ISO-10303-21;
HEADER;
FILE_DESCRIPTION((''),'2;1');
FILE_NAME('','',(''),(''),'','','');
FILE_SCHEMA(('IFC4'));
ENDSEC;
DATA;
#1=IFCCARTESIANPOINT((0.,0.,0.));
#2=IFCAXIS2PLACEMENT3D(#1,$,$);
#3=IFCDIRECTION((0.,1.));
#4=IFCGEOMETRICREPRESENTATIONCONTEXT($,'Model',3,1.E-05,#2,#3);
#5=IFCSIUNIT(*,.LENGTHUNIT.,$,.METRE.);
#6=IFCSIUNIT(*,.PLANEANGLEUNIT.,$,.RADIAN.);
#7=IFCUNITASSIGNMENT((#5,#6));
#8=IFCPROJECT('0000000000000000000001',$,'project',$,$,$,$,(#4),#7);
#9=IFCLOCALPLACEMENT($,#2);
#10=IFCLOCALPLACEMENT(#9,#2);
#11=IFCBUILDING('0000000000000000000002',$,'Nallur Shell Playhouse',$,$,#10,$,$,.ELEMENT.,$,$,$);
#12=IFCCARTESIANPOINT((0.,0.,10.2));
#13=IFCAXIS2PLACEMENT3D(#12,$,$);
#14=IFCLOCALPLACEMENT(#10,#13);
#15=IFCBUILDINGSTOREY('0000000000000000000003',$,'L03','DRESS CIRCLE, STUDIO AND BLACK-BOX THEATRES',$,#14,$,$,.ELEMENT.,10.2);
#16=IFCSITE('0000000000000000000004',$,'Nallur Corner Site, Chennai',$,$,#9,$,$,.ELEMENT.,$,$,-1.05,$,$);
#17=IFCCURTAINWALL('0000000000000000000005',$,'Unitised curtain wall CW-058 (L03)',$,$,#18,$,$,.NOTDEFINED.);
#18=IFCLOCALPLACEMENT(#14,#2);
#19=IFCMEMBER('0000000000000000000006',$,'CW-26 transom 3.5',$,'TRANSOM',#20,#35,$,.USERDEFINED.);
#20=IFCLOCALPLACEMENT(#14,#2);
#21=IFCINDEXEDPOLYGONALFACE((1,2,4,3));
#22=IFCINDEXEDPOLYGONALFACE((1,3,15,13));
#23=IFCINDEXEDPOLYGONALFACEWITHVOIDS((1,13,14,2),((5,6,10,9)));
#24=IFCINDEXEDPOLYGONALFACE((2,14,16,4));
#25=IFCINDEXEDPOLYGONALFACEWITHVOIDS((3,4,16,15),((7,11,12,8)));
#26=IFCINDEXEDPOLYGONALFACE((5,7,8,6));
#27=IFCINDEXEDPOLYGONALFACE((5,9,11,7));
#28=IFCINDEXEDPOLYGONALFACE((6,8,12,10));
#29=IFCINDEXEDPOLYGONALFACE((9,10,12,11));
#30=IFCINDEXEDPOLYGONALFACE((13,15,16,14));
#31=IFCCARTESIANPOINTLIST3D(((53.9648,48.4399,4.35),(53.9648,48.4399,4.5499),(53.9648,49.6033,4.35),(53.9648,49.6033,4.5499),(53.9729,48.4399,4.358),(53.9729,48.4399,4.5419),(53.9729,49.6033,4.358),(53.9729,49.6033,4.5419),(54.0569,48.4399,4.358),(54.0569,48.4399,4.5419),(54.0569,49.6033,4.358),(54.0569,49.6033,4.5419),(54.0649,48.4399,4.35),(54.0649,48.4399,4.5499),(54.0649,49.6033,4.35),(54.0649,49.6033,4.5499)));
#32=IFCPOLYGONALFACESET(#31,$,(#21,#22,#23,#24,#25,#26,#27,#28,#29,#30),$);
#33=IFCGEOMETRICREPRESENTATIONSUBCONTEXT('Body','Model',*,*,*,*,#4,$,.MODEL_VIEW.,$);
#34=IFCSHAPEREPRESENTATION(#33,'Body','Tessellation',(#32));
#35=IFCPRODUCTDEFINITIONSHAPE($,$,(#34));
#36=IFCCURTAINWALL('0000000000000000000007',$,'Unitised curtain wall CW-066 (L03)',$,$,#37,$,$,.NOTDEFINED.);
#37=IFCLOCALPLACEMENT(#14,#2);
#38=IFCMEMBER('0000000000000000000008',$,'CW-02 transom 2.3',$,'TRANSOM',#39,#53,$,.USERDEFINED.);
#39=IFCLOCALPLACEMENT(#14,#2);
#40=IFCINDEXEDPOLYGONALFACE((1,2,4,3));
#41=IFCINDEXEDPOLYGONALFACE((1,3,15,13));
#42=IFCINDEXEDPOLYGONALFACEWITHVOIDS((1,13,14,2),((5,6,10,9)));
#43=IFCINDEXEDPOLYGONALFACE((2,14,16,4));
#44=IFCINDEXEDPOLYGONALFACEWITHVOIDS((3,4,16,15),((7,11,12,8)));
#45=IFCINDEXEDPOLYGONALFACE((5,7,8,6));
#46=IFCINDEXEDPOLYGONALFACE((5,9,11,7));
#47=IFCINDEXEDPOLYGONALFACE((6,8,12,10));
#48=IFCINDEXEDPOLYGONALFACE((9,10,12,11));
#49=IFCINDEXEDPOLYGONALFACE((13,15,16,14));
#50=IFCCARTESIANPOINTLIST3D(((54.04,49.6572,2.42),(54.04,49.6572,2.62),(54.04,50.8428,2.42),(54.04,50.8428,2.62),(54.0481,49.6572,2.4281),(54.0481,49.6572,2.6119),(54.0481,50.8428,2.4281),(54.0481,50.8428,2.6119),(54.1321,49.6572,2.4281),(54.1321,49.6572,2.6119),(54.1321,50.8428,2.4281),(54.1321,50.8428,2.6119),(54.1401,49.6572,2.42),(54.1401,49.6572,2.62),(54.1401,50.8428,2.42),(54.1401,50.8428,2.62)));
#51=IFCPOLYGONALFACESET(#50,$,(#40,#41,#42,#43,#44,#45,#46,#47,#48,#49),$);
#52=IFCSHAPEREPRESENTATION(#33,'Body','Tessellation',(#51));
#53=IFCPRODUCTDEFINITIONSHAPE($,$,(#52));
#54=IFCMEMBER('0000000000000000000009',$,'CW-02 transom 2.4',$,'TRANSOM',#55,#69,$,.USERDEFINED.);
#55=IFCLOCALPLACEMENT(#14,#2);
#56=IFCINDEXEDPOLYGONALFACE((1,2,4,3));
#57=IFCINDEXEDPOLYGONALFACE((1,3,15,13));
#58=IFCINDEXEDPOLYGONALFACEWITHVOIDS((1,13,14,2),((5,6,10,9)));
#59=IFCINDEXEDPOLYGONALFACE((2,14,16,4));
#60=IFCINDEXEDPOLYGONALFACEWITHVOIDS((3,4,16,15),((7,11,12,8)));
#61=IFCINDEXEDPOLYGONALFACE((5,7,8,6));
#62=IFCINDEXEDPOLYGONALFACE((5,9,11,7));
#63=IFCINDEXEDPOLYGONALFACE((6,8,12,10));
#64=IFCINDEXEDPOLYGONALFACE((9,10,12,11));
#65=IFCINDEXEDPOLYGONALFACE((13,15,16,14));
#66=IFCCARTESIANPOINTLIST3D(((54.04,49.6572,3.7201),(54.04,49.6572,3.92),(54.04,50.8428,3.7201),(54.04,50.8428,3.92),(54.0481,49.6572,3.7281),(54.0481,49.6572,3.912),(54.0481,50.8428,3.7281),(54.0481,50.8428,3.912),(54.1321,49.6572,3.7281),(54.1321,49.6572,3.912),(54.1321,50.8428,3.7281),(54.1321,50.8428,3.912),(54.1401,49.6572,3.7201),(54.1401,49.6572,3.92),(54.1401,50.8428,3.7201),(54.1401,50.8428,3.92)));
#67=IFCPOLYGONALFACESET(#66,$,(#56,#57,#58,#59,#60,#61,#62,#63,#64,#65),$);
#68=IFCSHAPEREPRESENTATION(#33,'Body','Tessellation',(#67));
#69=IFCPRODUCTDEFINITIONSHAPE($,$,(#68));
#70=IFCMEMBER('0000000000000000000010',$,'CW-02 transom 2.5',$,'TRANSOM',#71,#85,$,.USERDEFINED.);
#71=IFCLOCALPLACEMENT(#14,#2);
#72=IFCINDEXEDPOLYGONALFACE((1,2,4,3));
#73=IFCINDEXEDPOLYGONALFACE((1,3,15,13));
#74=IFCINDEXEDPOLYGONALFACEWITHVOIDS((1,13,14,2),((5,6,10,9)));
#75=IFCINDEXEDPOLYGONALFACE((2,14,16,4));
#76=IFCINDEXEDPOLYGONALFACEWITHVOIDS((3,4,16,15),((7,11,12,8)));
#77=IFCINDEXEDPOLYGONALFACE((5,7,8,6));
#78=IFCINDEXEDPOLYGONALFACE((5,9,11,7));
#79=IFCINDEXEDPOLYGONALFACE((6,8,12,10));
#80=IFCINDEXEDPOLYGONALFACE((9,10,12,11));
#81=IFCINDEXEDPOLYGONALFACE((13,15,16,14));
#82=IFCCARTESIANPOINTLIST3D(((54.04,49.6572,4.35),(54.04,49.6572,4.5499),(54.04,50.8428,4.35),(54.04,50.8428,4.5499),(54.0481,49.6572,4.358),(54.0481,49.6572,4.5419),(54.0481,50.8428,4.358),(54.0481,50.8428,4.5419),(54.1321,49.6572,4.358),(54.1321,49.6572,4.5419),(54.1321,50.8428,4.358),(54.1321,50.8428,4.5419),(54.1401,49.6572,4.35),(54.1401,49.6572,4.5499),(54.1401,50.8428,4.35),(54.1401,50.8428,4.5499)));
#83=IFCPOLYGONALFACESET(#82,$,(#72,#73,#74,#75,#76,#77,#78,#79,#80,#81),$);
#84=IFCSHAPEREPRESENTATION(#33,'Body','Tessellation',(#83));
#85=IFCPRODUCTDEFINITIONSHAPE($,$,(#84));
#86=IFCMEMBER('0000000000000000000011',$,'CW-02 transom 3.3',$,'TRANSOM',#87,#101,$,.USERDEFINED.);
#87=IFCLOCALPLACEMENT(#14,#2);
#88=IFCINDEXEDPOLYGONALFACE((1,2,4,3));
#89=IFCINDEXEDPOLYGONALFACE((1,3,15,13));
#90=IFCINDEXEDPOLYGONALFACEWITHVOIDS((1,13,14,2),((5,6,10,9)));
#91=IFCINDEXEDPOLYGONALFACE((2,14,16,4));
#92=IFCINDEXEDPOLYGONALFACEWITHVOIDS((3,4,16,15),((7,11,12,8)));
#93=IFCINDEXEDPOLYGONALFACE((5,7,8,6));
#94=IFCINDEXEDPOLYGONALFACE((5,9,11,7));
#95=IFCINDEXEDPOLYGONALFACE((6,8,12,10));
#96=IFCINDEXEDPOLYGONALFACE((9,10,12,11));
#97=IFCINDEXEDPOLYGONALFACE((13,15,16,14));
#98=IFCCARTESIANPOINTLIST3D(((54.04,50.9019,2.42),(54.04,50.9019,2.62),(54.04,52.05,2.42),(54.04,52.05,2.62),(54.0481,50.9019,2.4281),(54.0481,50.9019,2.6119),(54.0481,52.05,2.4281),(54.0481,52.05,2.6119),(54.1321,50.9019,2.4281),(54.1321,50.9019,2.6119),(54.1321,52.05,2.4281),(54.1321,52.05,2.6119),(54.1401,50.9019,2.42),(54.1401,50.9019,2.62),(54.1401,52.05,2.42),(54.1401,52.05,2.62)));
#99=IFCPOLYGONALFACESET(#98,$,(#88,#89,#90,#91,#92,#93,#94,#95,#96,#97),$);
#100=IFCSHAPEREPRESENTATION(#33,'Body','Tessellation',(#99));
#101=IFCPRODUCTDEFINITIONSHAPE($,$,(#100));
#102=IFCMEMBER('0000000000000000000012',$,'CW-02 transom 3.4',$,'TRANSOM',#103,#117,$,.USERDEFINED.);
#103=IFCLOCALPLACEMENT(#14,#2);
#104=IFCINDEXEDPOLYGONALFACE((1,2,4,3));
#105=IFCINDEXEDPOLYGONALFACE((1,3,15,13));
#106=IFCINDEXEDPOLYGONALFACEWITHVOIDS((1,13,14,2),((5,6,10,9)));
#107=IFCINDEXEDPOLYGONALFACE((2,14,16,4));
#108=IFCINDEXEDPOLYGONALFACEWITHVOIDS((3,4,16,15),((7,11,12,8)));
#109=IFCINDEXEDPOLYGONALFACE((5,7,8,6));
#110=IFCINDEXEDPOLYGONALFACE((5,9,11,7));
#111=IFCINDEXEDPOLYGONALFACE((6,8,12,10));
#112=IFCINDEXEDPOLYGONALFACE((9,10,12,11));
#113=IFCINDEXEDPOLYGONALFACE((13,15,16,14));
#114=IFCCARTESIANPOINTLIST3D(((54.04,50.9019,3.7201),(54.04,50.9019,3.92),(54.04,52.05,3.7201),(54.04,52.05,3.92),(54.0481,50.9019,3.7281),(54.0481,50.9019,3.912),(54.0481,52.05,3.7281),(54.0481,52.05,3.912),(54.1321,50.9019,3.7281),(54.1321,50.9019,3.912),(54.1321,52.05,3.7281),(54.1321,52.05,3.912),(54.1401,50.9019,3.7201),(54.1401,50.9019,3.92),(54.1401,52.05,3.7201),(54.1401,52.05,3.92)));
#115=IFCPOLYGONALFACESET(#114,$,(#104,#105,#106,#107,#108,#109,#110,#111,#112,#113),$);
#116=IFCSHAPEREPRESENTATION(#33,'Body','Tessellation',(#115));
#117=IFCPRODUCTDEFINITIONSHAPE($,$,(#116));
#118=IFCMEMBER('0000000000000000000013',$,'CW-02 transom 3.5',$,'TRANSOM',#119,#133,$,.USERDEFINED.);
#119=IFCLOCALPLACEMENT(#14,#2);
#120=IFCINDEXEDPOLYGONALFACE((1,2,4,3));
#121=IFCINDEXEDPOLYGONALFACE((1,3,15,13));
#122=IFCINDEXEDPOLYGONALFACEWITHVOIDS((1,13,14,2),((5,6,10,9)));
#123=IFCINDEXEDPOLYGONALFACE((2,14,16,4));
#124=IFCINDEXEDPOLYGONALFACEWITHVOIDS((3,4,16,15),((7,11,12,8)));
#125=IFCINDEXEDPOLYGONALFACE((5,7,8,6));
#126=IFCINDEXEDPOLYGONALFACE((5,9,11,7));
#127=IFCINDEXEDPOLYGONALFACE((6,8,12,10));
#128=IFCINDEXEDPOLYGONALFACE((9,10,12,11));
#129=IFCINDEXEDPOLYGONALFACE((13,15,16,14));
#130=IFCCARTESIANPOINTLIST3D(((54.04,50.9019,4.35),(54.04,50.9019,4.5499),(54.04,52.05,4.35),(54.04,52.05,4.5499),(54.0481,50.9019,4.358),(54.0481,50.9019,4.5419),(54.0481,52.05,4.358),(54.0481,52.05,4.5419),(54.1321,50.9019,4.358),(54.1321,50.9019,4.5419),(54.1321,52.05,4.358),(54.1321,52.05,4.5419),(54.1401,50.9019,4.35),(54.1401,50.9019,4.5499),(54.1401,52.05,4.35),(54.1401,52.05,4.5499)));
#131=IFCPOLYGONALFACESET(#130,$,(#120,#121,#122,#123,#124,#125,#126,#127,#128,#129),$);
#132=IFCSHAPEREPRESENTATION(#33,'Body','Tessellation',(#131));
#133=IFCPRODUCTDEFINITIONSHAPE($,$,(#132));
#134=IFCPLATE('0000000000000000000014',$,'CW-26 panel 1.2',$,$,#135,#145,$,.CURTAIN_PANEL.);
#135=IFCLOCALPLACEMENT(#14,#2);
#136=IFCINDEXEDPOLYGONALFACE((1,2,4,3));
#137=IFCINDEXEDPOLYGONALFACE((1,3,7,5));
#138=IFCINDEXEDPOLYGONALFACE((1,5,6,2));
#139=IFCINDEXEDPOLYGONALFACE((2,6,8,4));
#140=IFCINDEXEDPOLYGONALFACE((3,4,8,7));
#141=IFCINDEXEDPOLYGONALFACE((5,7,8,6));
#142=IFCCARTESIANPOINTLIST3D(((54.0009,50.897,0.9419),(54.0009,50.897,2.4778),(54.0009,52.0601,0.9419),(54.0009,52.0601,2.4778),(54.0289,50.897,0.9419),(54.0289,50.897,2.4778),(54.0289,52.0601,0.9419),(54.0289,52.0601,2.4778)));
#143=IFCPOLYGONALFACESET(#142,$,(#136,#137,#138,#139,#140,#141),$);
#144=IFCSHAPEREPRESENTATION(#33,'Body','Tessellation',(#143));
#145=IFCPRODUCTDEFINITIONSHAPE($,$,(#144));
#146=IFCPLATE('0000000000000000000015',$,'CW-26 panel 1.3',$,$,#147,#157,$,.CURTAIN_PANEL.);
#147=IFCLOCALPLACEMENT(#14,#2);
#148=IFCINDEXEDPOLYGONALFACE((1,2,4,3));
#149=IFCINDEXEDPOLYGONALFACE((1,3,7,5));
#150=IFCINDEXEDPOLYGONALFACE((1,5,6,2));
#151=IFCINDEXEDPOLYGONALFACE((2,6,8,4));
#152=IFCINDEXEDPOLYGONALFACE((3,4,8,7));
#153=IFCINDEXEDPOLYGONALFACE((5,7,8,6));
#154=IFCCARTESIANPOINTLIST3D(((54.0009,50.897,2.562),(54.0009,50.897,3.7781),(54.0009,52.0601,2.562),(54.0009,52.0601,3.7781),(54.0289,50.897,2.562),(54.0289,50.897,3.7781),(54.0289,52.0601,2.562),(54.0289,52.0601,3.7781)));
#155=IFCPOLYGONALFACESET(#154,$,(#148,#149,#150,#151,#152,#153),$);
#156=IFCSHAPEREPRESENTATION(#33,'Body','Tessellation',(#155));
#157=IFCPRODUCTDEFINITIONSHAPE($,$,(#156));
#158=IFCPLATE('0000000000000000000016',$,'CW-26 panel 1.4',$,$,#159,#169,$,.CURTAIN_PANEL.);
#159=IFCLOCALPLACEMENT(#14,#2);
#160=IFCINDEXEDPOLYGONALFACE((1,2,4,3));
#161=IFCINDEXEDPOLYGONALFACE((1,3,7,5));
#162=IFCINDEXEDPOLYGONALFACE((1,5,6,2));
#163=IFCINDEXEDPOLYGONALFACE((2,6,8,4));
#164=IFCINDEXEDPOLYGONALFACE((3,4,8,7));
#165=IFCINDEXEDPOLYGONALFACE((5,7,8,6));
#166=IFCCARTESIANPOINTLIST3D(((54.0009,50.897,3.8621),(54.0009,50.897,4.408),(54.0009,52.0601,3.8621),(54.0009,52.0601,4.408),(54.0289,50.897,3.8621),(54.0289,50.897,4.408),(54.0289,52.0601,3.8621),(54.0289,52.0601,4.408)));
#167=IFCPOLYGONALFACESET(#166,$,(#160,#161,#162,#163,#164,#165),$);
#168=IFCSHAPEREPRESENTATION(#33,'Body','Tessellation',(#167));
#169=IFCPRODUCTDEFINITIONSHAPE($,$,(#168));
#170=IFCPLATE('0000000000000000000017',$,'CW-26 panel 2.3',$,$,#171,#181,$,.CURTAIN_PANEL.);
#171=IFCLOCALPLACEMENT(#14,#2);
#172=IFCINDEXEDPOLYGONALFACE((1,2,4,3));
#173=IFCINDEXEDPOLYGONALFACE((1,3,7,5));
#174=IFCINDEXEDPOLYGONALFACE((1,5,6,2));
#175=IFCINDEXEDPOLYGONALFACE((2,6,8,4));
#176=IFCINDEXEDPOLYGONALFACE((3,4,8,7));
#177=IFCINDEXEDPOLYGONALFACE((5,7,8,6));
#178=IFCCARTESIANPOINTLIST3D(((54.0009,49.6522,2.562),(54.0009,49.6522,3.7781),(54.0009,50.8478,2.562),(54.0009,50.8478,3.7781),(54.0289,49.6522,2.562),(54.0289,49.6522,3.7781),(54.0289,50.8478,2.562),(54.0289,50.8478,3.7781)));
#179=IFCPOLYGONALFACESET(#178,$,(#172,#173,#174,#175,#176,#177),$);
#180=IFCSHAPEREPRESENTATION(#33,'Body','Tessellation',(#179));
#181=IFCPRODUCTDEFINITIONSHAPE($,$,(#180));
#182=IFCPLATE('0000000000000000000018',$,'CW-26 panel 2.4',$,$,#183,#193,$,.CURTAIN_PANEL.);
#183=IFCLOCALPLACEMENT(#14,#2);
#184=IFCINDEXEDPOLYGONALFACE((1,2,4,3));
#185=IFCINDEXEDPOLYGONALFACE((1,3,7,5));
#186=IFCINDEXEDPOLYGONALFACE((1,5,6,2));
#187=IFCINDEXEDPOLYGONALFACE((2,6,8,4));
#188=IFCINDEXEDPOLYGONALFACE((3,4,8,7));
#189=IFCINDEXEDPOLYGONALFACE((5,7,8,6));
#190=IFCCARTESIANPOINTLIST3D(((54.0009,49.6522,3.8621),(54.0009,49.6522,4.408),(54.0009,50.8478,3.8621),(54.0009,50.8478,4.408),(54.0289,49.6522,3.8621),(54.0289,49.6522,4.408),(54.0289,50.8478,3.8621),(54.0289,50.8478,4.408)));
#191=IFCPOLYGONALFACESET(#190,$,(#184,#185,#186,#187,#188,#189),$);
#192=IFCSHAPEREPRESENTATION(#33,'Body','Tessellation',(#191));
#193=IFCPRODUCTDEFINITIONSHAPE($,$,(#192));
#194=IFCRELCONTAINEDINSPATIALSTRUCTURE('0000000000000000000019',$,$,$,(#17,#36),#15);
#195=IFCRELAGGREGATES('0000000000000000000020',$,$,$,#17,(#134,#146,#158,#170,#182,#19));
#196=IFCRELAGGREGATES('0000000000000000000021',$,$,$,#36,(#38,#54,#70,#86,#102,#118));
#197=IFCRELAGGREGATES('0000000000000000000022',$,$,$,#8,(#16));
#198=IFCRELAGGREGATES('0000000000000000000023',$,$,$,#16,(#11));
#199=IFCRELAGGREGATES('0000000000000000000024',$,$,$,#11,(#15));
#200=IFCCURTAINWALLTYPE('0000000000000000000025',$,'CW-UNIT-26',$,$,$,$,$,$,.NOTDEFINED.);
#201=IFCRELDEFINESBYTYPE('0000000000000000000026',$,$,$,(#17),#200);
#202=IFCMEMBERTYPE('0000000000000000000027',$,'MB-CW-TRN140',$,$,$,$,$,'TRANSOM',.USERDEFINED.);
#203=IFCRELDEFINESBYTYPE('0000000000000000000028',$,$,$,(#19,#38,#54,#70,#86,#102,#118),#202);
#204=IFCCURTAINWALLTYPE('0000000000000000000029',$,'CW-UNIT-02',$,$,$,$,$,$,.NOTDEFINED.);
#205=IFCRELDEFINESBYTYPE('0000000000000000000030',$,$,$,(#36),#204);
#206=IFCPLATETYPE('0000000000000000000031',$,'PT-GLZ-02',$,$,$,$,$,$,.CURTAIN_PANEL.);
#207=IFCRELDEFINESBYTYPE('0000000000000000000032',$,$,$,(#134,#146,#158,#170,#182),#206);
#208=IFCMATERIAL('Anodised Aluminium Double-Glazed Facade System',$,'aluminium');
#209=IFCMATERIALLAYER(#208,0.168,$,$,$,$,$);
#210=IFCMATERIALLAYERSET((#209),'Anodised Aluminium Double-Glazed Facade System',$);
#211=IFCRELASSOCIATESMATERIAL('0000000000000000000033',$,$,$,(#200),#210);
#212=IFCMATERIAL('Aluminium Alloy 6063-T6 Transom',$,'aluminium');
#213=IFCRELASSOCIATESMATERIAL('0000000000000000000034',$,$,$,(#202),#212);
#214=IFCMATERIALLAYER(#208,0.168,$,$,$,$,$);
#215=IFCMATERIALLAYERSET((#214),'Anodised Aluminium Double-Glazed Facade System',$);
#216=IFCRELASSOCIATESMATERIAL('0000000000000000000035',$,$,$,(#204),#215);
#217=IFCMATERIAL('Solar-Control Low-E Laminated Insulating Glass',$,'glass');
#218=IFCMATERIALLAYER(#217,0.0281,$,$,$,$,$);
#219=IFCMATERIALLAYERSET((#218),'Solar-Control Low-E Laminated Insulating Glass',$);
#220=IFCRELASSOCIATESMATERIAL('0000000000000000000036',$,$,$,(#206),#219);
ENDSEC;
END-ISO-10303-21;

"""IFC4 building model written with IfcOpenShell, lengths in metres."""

from ifc_helpers import new_model, si_unit, direction, frame, origin, origin_2d, place, context, subcontext, project, spatial, rectangle, hollow_rectangle, extrude, material, layer, layer_set, material_profile, profile_set, type_object, element, aggregate, save


model = new_model("IFC4")

# Units and contexts
model_context = context("Model", 3, precision=1e-05, world=origin(), true_north=direction((0.0, 1.0)))
body_context = subcontext(model_context, "Body", "Model", "MODEL_VIEW")
ifc_project = project(units=[si_unit("LENGTHUNIT", "METRE"), si_unit("PLANEANGLEUNIT", "RADIAN")], contexts=[model_context])

# Site, building, storey
site_placement = place(None, origin())
site = spatial("IfcSite", under=ifc_project, at=site_placement, Name="Nallur Corner Site, Chennai", CompositionType="ELEMENT", RefElevation=-1.05)
building_placement = place(site_placement, origin())
building = spatial("IfcBuilding", under=site, at=building_placement, Name="Nallur Shell Playhouse", CompositionType="ELEMENT")
storey_placement = place(building_placement, frame((0.0, 0.0, 10.2)))
storey = spatial("IfcBuildingStorey", under=building, at=storey_placement, Name="L03", Description="DRESS CIRCLE, STUDIO AND BLACK-BOX THEATRES", CompositionType="ELEMENT", Elevation=10.2)

# Curtain walls, members
ifc_material_1 = material(Name="Anodised Aluminium Double-Glazed Facade System", Category="aluminium")
ifc_material_2 = material(Name="Aluminium Alloy 6063-T6 Transom", Category="aluminium")
ifc_layer_1 = layer(ifc_material_1, 0.168)
ifc_layer_set_1 = layer_set([ifc_layer_1], Name="Anodised Aluminium Double-Glazed Facade System")
curtain_wall_type_1 = type_object("IfcCurtainWallType", Name="CW-UNIT-26", PredefinedType="NOTDEFINED", material=ifc_layer_set_1)
curtain_wall_1_placement = place(storey_placement, origin())
curtain_wall_1 = element("IfcCurtainWall", 1, at=curtain_wall_1_placement, inside=storey, type_object=curtain_wall_type_1, Name="Unitised curtain wall CW-058 (L03)", PredefinedType="NOTDEFINED")
ifc_material_profile_1 = material_profile(ifc_material_2, hollow_rectangle(XDim=0.1001, YDim=0.2, WallThickness=0.0081, at=origin_2d()), Name="RHS 200x100x8")
ifc_profile_set_1 = profile_set([ifc_material_profile_1], Name="Aluminium Alloy 6063-T6 Transom")
member_type_1 = type_object("IfcMemberType", Name="MB-CW-TRN140", ElementType="TRANSOM", PredefinedType="USERDEFINED", material=ifc_profile_set_1)
member_1_placement = place(storey_placement, frame((54.0149, 49.6033, 4.45), z_axis=(0.0, -1.0, 0.0), x_axis=(1.0, 0.0, 0.0)))
member_1 = element("IfcMember", 2, at=member_1_placement, type_object=member_type_1, Name="CW-26 transom 3.5", ObjectType="TRANSOM", PredefinedType="USERDEFINED", context=body_context, shape_type="SweptSolid", body=[
    extrude(hollow_rectangle(XDim=0.1001, YDim=0.2, WallThickness=0.0081, at=origin_2d()), origin(), (0.0, 0.0, 1.0), 1.1633),
])
ifc_layer_2 = layer(ifc_material_1, 0.168)
ifc_layer_set_2 = layer_set([ifc_layer_2], Name="Anodised Aluminium Double-Glazed Facade System")
curtain_wall_type_2 = type_object("IfcCurtainWallType", Name="CW-UNIT-02", PredefinedType="NOTDEFINED", material=ifc_layer_set_2)
curtain_wall_2_placement = place(storey_placement, origin())
curtain_wall_2 = element("IfcCurtainWall", 3, at=curtain_wall_2_placement, inside=storey, type_object=curtain_wall_type_2, Name="Unitised curtain wall CW-066 (L03)", PredefinedType="NOTDEFINED")
member_2_placement = place(storey_placement, frame((54.0901, 49.6572, 2.52), z_axis=(0.0, 1.0, 0.0), x_axis=(-1.0, 0.0, 0.0)))
member_2 = element("IfcMember", 4, at=member_2_placement, type_object=member_type_1, Name="CW-02 transom 2.3", ObjectType="TRANSOM", PredefinedType="USERDEFINED", context=body_context, shape_type="SweptSolid", body=[
    extrude(hollow_rectangle(XDim=0.1001, YDim=0.2, WallThickness=0.0081, at=origin_2d()), origin(), (0.0, 0.0, 1.0), 1.1855),
])
member_3_placement = place(storey_placement, frame((54.0901, 49.6572, 3.8201), z_axis=(0.0, 1.0, 0.0), x_axis=(-1.0, 0.0, 0.0)))
member_3 = element("IfcMember", 5, at=member_3_placement, type_object=member_type_1, Name="CW-02 transom 2.4", ObjectType="TRANSOM", PredefinedType="USERDEFINED", context=body_context, shape_type="SweptSolid", body=[
    extrude(hollow_rectangle(XDim=0.1001, YDim=0.2, WallThickness=0.0081, at=origin_2d()), origin(), (0.0, 0.0, 1.0), 1.1855),
])
member_4_placement = place(storey_placement, frame((54.0901, 49.6572, 4.45), z_axis=(0.0, 1.0, 0.0), x_axis=(-1.0, 0.0, 0.0)))
member_4 = element("IfcMember", 6, at=member_4_placement, type_object=member_type_1, Name="CW-02 transom 2.5", ObjectType="TRANSOM", PredefinedType="USERDEFINED", context=body_context, shape_type="SweptSolid", body=[
    extrude(hollow_rectangle(XDim=0.1001, YDim=0.2, WallThickness=0.0081, at=origin_2d()), origin(), (0.0, 0.0, 1.0), 1.1855),
])
member_5_placement = place(storey_placement, frame((54.0901, 50.9019, 2.52), z_axis=(0.0, 1.0, 0.0), x_axis=(-1.0, 0.0, 0.0)))
member_5 = element("IfcMember", 7, at=member_5_placement, type_object=member_type_1, Name="CW-02 transom 3.3", ObjectType="TRANSOM", PredefinedType="USERDEFINED", context=body_context, shape_type="SweptSolid", body=[
    extrude(hollow_rectangle(XDim=0.1001, YDim=0.2, WallThickness=0.0081, at=origin_2d()), origin(), (0.0, 0.0, 1.0), 1.1482),
])
member_6_placement = place(storey_placement, frame((54.0901, 50.9019, 3.8201), z_axis=(0.0, 1.0, 0.0), x_axis=(-1.0, 0.0, 0.0)))
member_6 = element("IfcMember", 8, at=member_6_placement, type_object=member_type_1, Name="CW-02 transom 3.4", ObjectType="TRANSOM", PredefinedType="USERDEFINED", context=body_context, shape_type="SweptSolid", body=[
    extrude(hollow_rectangle(XDim=0.1001, YDim=0.2, WallThickness=0.0081, at=origin_2d()), origin(), (0.0, 0.0, 1.0), 1.1482),
])
member_7_placement = place(storey_placement, frame((54.0901, 50.9019, 4.45), z_axis=(0.0, 1.0, 0.0), x_axis=(-1.0, 0.0, 0.0)))
member_7 = element("IfcMember", 9, at=member_7_placement, type_object=member_type_1, Name="CW-02 transom 3.5", ObjectType="TRANSOM", PredefinedType="USERDEFINED", context=body_context, shape_type="SweptSolid", body=[
    extrude(hollow_rectangle(XDim=0.1001, YDim=0.2, WallThickness=0.0081, at=origin_2d()), origin(), (0.0, 0.0, 1.0), 1.1482),
])

# Plates
ifc_material_3 = material(Name="Solar-Control Low-E Laminated Insulating Glass", Category="glass")
ifc_layer_3 = layer(ifc_material_3, 0.0281)
ifc_layer_set_3 = layer_set([ifc_layer_3], Name="Solar-Control Low-E Laminated Insulating Glass")
plate_type = type_object("IfcPlateType", Name="PT-GLZ-02", PredefinedType="CURTAIN_PANEL", material=ifc_layer_set_3)
plate_1_placement = place(storey_placement, frame((54.0149, 51.4785, 0.9419), z_axis=(0.0, 0.0, 1.0), x_axis=(0.0, -1.0, 0.0)))
plate_1 = element("IfcPlate", 10, at=plate_1_placement, type_object=plate_type, Name="CW-26 panel 1.2", PredefinedType="CURTAIN_PANEL", context=body_context, shape_type="SweptSolid", body=[
    extrude(rectangle(XDim=1.1631, YDim=0.0281, at=origin_2d()), origin(), (0.0, 0.0, 1.0), 1.5359),
])
plate_2_placement = place(storey_placement, frame((54.0149, 51.4785, 2.562), z_axis=(0.0, 0.0, 1.0), x_axis=(0.0, -1.0, 0.0)))
plate_2 = element("IfcPlate", 11, at=plate_2_placement, type_object=plate_type, Name="CW-26 panel 1.3", PredefinedType="CURTAIN_PANEL", context=body_context, shape_type="SweptSolid", body=[
    extrude(rectangle(XDim=1.1631, YDim=0.0281, at=origin_2d()), origin(), (0.0, 0.0, 1.0), 1.2161),
])
plate_3_placement = place(storey_placement, frame((54.0149, 51.4785, 3.8621), z_axis=(0.0, 0.0, 1.0), x_axis=(0.0, -1.0, 0.0)))
plate_3 = element("IfcPlate", 12, at=plate_3_placement, type_object=plate_type, Name="CW-26 panel 1.4", PredefinedType="CURTAIN_PANEL", context=body_context, shape_type="SweptSolid", body=[
    extrude(rectangle(XDim=1.1631, YDim=0.0281, at=origin_2d()), origin(), (0.0, 0.0, 1.0), 0.5459),
])
plate_4_placement = place(storey_placement, frame((54.0149, 50.25, 2.562), z_axis=(0.0, 0.0, 1.0), x_axis=(0.0, -1.0, 0.0)))
plate_4 = element("IfcPlate", 13, at=plate_4_placement, type_object=plate_type, Name="CW-26 panel 2.3", PredefinedType="CURTAIN_PANEL", context=body_context, shape_type="SweptSolid", body=[
    extrude(rectangle(XDim=1.1956, YDim=0.0281, at=origin_2d()), origin(), (0.0, 0.0, 1.0), 1.2161),
])
plate_5_placement = place(storey_placement, frame((54.0149, 50.25, 3.8621), z_axis=(0.0, 0.0, 1.0), x_axis=(0.0, -1.0, 0.0)))
plate_5 = element("IfcPlate", 14, at=plate_5_placement, type_object=plate_type, Name="CW-26 panel 2.4", PredefinedType="CURTAIN_PANEL", context=body_context, shape_type="SweptSolid", body=[
    extrude(rectangle(XDim=1.1956, YDim=0.0281, at=origin_2d()), origin(), (0.0, 0.0, 1.0), 0.5459),
])
aggregate(curtain_wall_1, [plate_1, plate_2, plate_3, plate_4, plate_5, member_1])
aggregate(curtain_wall_2, [member_2, member_3, member_4, member_5, member_6, member_7])

save(model, "model.ifc")
